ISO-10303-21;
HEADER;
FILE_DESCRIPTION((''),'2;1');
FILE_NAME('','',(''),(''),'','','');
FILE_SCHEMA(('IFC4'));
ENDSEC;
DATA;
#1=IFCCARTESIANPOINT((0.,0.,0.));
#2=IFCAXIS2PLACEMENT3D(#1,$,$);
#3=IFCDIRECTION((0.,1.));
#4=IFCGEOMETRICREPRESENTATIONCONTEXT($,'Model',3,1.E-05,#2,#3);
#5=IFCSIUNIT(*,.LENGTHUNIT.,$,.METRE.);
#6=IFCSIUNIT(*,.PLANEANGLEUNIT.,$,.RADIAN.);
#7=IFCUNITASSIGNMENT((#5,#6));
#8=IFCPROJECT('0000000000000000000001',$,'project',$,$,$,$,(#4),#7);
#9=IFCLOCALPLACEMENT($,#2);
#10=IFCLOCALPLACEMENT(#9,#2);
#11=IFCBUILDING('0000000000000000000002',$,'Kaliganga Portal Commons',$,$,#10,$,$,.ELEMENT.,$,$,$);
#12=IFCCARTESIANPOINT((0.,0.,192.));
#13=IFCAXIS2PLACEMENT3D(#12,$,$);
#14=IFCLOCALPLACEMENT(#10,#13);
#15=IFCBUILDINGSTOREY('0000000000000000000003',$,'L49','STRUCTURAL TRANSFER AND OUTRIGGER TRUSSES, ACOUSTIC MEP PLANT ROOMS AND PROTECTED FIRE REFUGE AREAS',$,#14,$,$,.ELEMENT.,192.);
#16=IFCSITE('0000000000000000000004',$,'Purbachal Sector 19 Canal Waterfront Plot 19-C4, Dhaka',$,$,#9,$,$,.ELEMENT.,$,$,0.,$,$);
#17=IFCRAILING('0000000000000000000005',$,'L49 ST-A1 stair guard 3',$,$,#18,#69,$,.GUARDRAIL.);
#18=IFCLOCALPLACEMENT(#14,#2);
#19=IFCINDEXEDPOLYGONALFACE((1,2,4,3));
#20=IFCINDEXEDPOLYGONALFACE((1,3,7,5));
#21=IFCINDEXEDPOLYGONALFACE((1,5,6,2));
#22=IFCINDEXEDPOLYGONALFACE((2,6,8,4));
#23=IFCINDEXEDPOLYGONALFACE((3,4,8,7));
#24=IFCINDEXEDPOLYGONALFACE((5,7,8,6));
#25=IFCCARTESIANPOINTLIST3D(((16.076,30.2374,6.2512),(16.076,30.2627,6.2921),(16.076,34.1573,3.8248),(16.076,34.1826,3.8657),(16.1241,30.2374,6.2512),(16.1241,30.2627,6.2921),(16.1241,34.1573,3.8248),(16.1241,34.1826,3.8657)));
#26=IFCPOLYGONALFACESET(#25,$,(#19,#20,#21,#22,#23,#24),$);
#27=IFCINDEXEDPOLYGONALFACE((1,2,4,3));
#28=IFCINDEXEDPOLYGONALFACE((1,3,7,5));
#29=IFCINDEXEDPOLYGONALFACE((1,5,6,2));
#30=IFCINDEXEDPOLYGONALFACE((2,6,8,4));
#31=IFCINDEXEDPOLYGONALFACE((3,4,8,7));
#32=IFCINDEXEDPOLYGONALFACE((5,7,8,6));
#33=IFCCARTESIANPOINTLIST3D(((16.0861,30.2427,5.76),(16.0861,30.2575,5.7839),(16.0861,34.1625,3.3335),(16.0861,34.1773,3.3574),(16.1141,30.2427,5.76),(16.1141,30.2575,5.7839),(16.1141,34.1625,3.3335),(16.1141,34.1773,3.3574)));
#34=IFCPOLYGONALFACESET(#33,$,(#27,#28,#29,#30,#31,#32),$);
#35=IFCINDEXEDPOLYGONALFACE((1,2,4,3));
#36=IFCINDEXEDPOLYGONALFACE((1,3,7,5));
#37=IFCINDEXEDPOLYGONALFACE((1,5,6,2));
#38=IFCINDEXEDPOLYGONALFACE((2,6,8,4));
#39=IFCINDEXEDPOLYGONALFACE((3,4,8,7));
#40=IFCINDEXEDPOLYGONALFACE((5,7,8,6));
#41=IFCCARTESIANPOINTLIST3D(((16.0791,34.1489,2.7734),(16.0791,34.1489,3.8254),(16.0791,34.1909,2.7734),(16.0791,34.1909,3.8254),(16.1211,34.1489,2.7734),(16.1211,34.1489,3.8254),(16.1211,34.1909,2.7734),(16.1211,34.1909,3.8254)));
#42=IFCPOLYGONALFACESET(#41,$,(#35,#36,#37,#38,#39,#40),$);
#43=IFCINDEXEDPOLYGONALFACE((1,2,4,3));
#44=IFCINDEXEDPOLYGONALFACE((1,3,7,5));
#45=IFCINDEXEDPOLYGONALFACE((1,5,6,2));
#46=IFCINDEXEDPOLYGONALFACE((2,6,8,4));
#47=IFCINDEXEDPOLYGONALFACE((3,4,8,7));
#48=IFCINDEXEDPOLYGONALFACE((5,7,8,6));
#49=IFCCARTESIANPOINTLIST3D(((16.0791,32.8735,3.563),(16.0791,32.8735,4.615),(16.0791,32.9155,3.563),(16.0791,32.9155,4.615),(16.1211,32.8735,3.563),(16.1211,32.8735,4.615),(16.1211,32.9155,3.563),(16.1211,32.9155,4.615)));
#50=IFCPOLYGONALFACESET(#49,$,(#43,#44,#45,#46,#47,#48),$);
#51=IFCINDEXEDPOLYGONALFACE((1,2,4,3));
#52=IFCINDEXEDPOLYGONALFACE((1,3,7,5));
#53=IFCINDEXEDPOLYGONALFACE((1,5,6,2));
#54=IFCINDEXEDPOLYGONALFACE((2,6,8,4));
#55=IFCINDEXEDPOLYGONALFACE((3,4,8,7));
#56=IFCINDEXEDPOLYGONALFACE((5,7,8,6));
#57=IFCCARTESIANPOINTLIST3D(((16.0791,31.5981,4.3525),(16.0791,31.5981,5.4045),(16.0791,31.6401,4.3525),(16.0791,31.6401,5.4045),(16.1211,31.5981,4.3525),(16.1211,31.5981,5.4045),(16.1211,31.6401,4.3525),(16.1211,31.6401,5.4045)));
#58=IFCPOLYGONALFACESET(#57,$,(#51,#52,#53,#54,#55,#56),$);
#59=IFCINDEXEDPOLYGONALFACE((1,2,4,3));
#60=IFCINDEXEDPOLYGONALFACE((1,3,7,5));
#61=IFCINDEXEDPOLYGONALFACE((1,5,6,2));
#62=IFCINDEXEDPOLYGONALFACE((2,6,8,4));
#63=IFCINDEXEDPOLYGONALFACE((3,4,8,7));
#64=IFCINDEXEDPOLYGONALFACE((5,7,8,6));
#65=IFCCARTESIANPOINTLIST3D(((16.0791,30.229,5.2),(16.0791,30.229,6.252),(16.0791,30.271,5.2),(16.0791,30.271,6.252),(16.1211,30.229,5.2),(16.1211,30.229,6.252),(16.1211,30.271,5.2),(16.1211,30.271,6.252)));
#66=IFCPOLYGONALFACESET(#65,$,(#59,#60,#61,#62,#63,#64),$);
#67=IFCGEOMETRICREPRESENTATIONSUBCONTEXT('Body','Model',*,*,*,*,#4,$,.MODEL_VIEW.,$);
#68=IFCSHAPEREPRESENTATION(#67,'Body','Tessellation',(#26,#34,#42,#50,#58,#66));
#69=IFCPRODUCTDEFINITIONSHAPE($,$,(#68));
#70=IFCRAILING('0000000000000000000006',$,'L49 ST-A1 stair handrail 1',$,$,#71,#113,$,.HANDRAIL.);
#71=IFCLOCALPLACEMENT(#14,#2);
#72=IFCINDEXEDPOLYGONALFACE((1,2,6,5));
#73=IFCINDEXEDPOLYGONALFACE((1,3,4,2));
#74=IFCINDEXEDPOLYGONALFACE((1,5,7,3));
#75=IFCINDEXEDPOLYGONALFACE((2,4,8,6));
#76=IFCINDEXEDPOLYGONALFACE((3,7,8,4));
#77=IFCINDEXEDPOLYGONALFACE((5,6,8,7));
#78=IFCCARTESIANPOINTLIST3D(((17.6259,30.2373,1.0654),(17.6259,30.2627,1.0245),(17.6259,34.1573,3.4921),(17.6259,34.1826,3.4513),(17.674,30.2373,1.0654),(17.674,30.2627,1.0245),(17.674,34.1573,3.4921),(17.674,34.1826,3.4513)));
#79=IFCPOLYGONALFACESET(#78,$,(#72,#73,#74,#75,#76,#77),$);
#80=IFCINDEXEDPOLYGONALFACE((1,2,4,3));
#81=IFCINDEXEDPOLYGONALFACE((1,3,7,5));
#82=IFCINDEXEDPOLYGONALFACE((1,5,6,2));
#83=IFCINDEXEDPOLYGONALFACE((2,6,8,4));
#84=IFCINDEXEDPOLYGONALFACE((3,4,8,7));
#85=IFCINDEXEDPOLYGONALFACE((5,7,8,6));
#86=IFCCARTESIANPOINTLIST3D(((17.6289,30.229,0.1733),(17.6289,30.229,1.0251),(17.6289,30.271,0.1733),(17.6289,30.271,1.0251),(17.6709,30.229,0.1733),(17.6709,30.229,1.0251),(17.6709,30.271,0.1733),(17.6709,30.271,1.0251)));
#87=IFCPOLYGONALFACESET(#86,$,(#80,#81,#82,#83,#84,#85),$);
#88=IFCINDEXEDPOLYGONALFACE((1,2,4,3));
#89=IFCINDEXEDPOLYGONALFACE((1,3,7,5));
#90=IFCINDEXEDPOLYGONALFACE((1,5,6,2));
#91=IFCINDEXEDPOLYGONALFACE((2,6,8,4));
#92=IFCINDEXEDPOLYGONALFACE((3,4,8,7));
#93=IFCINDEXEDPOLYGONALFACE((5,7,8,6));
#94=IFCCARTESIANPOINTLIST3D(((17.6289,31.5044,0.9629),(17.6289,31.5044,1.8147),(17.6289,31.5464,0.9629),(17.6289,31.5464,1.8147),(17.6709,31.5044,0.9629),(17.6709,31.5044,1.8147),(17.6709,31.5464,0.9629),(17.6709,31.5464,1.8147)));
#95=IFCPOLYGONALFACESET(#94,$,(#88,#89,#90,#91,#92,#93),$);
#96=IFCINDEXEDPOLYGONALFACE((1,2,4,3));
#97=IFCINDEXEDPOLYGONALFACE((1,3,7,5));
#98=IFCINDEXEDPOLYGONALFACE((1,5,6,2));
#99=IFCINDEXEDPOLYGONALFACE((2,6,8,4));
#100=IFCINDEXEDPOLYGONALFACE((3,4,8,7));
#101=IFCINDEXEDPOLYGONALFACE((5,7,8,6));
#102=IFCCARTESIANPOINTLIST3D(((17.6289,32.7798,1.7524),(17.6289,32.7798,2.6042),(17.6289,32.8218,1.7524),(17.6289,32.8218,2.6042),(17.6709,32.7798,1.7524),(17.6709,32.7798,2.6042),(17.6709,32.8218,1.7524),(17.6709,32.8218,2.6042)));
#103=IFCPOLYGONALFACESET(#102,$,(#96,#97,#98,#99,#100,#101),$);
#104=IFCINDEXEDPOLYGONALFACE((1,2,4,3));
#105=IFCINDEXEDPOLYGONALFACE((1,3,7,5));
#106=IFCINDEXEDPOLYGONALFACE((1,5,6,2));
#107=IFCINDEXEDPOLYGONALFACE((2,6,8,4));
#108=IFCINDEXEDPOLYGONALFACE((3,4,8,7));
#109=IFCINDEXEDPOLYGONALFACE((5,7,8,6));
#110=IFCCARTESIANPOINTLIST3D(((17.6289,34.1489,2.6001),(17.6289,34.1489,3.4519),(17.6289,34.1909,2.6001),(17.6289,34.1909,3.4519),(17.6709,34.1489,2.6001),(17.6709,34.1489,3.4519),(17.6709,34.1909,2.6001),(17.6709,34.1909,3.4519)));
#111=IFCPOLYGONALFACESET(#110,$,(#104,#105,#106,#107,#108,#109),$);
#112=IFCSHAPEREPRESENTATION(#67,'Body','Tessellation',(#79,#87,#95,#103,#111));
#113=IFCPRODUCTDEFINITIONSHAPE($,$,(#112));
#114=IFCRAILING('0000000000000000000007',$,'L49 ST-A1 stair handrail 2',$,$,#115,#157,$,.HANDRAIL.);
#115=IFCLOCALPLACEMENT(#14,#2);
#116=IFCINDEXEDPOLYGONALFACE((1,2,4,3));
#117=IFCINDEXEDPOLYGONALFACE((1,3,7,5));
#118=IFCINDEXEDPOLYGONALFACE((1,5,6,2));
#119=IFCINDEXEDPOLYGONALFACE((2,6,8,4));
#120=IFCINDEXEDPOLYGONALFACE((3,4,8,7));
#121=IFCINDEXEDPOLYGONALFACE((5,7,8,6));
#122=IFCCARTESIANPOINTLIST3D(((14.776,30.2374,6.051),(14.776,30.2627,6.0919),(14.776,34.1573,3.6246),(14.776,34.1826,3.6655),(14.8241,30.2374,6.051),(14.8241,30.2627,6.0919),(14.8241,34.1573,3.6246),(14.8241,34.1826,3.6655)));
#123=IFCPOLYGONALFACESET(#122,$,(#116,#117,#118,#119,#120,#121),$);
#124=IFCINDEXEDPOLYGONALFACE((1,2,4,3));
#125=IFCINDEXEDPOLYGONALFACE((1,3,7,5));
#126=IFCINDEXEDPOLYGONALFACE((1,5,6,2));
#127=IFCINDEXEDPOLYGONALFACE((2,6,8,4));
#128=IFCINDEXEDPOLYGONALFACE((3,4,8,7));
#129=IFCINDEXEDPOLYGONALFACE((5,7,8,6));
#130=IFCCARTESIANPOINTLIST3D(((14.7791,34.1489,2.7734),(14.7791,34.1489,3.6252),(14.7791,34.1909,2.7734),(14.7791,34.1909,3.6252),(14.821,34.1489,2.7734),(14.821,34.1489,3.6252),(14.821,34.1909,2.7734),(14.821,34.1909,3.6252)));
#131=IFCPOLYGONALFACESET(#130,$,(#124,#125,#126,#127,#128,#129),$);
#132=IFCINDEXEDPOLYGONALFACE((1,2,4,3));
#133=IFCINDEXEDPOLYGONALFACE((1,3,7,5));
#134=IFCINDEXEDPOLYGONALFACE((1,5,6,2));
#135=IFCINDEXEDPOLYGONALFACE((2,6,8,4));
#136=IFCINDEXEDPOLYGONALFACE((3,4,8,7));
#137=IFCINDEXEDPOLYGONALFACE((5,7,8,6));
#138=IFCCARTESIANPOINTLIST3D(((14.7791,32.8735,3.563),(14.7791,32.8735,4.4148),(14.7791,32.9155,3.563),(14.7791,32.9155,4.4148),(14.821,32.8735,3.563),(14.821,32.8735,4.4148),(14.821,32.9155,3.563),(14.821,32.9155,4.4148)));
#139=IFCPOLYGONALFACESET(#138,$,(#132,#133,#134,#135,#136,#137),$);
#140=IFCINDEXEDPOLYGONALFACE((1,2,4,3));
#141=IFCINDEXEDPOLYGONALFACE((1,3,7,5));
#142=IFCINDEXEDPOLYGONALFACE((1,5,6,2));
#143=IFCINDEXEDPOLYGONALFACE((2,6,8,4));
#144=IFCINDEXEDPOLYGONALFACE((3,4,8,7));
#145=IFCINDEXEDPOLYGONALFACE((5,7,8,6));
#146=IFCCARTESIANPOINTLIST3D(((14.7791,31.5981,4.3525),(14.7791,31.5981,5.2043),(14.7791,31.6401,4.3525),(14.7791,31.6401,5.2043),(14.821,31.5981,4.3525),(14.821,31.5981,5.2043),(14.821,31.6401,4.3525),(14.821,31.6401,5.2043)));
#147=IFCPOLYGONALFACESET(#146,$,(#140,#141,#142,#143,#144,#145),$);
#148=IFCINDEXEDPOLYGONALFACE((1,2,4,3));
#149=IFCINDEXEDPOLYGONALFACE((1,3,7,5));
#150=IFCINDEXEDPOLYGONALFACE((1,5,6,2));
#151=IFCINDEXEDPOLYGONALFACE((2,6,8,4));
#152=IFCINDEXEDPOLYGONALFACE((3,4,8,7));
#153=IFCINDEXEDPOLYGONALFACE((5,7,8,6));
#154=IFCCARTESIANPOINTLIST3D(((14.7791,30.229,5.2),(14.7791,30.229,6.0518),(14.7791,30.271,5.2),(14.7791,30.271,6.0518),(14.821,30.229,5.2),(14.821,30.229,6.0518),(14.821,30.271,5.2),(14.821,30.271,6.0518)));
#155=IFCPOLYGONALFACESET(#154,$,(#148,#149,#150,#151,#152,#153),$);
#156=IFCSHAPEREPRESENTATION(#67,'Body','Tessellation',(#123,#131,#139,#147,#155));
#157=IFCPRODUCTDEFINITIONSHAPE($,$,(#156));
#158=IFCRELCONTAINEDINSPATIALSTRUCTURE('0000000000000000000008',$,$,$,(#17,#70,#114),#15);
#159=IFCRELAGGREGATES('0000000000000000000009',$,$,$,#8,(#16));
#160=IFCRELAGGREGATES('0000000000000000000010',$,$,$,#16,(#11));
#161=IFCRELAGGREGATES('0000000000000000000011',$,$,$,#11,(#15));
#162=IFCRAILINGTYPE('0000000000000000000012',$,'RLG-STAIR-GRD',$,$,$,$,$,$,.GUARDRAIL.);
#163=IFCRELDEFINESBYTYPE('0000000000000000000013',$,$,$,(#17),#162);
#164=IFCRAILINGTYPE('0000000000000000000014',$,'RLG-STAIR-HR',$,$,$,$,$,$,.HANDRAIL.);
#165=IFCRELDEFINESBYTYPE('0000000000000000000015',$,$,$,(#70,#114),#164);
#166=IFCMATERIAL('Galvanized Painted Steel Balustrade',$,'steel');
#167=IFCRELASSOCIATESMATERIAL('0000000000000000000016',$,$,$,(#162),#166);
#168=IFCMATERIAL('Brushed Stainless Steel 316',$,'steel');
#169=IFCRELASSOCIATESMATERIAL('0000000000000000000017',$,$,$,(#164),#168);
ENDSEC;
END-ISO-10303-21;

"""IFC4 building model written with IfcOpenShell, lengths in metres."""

from ifc_helpers import new_model, si_unit, direction, frame, origin, origin_2d, place, context, subcontext, project, spatial, rectangle, extrude, material, type_object, element, save


model = new_model("IFC4")

# Units and contexts
model_context = context("Model", 3, precision=1e-05, world=origin(), true_north=direction((0.0, 1.0)))
body_context = subcontext(model_context, "Body", "Model", "MODEL_VIEW")
ifc_project = project(units=[si_unit("LENGTHUNIT", "METRE"), si_unit("PLANEANGLEUNIT", "RADIAN")], contexts=[model_context])

# Site, building, storey
site_placement = place(None, origin())
site = spatial("IfcSite", under=ifc_project, at=site_placement, Name="Purbachal Sector 19 Canal Waterfront Plot 19-C4, Dhaka", CompositionType="ELEMENT", RefElevation=0.0)
building_placement = place(site_placement, origin())
building = spatial("IfcBuilding", under=site, at=building_placement, Name="Kaliganga Portal Commons", CompositionType="ELEMENT")
storey_placement = place(building_placement, frame((0.0, 0.0, 192.0)))
storey = spatial("IfcBuildingStorey", under=building, at=storey_placement, Name="L49", Description="STRUCTURAL TRANSFER AND OUTRIGGER TRUSSES, ACOUSTIC MEP PLANT ROOMS AND PROTECTED FIRE REFUGE AREAS", CompositionType="ELEMENT", Elevation=192.0)

# Railings
ifc_material_1 = material(Name="Galvanized Painted Steel Balustrade", Category="steel")
railing_type_1 = type_object("IfcRailingType", Name="RLG-STAIR-GRD", PredefinedType="GUARDRAIL", material=ifc_material_1)
railing_1_placement = place(storey_placement, frame((16.1001, 34.1699, 2.7734)))
element("IfcRailing", 1, at=railing_1_placement, inside=storey, type_object=railing_type_1, Name="L49 ST-A1 stair guard 3", PredefinedType="GUARDRAIL", context=body_context, shape_type="SweptSolid", body=[
    extrude(rectangle(XDim=0.0481, YDim=0.0481, at=origin_2d()), frame((0.0, 0.0, 1.0718), z_axis=(0.0, -0.850275, 0.526338), x_axis=(1.0, 0.0, 0.0)), (0.0, 0.0, 1.0), 4.6101),
    extrude(rectangle(XDim=0.0281, YDim=0.0281, at=origin_2d()), frame((0.0, 0.0, 0.572), z_axis=(0.0, -0.850275, 0.526338), x_axis=(1.0, 0.0, 0.0)), (0.0, 0.0, 1.0), 4.6101),
    extrude(rectangle(XDim=0.042, YDim=0.042, at=origin_2d()), origin(), (0.0, 0.0, 1.0), 1.052),
    extrude(rectangle(XDim=0.042, YDim=0.042, at=origin_2d()), frame((0.0, -1.2754, 0.7896)), (0.0, 0.0, 1.0), 1.052),
    extrude(rectangle(XDim=0.042, YDim=0.042, at=origin_2d()), frame((0.0, -2.5508, 1.5791)), (0.0, 0.0, 1.0), 1.052),
    extrude(rectangle(XDim=0.042, YDim=0.042, at=origin_2d()), frame((0.0, -3.9199, 2.4265)), (0.0, 0.0, 1.0), 1.052),
])
ifc_material_2 = material(Name="Brushed Stainless Steel 316", Category="steel")
railing_type_2 = type_object("IfcRailingType", Name="RLG-STAIR-HR", PredefinedType="HANDRAIL", material=ifc_material_2)
railing_2_placement = place(storey_placement, frame((17.6499, 30.25, 0.1733)))
element("IfcRailing", 2, at=railing_2_placement, inside=storey, type_object=railing_type_2, Name="L49 ST-A1 stair handrail 1", PredefinedType="HANDRAIL", context=body_context, shape_type="SweptSolid", body=[
    extrude(rectangle(XDim=0.0481, YDim=0.0481, at=origin_2d()), frame((0.0, 0.0, 0.8716), z_axis=(0.0, 0.850252, 0.526376), x_axis=(-1.0, 0.0, 0.0)), (0.0, 0.0, 1.0), 4.6104),
    extrude(rectangle(XDim=0.042, YDim=0.042, at=origin_2d()), origin(), (0.0, 0.0, 1.0), 0.8518),
    extrude(rectangle(XDim=0.042, YDim=0.042, at=origin_2d()), frame((0.0, 1.2754, 0.7896)), (0.0, 0.0, 1.0), 0.8518),
    extrude(rectangle(XDim=0.042, YDim=0.042, at=origin_2d()), frame((0.0, 2.5508, 1.5791)), (0.0, 0.0, 1.0), 0.8518),
    extrude(rectangle(XDim=0.042, YDim=0.042, at=origin_2d()), frame((0.0, 3.9199, 2.4268)), (0.0, 0.0, 1.0), 0.8518),
])
railing_3_placement = place(storey_placement, frame((14.8, 34.1699, 2.7734)))
element("IfcRailing", 3, at=railing_3_placement, inside=storey, type_object=railing_type_2, Name="L49 ST-A1 stair handrail 2", PredefinedType="HANDRAIL", context=body_context, shape_type="SweptSolid", body=[
    extrude(rectangle(XDim=0.0481, YDim=0.0481, at=origin_2d()), frame((0.0, 0.0, 0.8716), z_axis=(0.0, -0.850275, 0.526338), x_axis=(1.0, 0.0, 0.0)), (0.0, 0.0, 1.0), 4.6101),
    extrude(rectangle(XDim=0.042, YDim=0.042, at=origin_2d()), origin(), (0.0, 0.0, 1.0), 0.8518),
    extrude(rectangle(XDim=0.042, YDim=0.042, at=origin_2d()), frame((0.0, -1.2754, 0.7896)), (0.0, 0.0, 1.0), 0.8518),
    extrude(rectangle(XDim=0.042, YDim=0.042, at=origin_2d()), frame((0.0, -2.5508, 1.5791)), (0.0, 0.0, 1.0), 0.8518),
    extrude(rectangle(XDim=0.042, YDim=0.042, at=origin_2d()), frame((0.0, -3.9199, 2.4265)), (0.0, 0.0, 1.0), 0.8518),
])

save(model, "model.ifc")
